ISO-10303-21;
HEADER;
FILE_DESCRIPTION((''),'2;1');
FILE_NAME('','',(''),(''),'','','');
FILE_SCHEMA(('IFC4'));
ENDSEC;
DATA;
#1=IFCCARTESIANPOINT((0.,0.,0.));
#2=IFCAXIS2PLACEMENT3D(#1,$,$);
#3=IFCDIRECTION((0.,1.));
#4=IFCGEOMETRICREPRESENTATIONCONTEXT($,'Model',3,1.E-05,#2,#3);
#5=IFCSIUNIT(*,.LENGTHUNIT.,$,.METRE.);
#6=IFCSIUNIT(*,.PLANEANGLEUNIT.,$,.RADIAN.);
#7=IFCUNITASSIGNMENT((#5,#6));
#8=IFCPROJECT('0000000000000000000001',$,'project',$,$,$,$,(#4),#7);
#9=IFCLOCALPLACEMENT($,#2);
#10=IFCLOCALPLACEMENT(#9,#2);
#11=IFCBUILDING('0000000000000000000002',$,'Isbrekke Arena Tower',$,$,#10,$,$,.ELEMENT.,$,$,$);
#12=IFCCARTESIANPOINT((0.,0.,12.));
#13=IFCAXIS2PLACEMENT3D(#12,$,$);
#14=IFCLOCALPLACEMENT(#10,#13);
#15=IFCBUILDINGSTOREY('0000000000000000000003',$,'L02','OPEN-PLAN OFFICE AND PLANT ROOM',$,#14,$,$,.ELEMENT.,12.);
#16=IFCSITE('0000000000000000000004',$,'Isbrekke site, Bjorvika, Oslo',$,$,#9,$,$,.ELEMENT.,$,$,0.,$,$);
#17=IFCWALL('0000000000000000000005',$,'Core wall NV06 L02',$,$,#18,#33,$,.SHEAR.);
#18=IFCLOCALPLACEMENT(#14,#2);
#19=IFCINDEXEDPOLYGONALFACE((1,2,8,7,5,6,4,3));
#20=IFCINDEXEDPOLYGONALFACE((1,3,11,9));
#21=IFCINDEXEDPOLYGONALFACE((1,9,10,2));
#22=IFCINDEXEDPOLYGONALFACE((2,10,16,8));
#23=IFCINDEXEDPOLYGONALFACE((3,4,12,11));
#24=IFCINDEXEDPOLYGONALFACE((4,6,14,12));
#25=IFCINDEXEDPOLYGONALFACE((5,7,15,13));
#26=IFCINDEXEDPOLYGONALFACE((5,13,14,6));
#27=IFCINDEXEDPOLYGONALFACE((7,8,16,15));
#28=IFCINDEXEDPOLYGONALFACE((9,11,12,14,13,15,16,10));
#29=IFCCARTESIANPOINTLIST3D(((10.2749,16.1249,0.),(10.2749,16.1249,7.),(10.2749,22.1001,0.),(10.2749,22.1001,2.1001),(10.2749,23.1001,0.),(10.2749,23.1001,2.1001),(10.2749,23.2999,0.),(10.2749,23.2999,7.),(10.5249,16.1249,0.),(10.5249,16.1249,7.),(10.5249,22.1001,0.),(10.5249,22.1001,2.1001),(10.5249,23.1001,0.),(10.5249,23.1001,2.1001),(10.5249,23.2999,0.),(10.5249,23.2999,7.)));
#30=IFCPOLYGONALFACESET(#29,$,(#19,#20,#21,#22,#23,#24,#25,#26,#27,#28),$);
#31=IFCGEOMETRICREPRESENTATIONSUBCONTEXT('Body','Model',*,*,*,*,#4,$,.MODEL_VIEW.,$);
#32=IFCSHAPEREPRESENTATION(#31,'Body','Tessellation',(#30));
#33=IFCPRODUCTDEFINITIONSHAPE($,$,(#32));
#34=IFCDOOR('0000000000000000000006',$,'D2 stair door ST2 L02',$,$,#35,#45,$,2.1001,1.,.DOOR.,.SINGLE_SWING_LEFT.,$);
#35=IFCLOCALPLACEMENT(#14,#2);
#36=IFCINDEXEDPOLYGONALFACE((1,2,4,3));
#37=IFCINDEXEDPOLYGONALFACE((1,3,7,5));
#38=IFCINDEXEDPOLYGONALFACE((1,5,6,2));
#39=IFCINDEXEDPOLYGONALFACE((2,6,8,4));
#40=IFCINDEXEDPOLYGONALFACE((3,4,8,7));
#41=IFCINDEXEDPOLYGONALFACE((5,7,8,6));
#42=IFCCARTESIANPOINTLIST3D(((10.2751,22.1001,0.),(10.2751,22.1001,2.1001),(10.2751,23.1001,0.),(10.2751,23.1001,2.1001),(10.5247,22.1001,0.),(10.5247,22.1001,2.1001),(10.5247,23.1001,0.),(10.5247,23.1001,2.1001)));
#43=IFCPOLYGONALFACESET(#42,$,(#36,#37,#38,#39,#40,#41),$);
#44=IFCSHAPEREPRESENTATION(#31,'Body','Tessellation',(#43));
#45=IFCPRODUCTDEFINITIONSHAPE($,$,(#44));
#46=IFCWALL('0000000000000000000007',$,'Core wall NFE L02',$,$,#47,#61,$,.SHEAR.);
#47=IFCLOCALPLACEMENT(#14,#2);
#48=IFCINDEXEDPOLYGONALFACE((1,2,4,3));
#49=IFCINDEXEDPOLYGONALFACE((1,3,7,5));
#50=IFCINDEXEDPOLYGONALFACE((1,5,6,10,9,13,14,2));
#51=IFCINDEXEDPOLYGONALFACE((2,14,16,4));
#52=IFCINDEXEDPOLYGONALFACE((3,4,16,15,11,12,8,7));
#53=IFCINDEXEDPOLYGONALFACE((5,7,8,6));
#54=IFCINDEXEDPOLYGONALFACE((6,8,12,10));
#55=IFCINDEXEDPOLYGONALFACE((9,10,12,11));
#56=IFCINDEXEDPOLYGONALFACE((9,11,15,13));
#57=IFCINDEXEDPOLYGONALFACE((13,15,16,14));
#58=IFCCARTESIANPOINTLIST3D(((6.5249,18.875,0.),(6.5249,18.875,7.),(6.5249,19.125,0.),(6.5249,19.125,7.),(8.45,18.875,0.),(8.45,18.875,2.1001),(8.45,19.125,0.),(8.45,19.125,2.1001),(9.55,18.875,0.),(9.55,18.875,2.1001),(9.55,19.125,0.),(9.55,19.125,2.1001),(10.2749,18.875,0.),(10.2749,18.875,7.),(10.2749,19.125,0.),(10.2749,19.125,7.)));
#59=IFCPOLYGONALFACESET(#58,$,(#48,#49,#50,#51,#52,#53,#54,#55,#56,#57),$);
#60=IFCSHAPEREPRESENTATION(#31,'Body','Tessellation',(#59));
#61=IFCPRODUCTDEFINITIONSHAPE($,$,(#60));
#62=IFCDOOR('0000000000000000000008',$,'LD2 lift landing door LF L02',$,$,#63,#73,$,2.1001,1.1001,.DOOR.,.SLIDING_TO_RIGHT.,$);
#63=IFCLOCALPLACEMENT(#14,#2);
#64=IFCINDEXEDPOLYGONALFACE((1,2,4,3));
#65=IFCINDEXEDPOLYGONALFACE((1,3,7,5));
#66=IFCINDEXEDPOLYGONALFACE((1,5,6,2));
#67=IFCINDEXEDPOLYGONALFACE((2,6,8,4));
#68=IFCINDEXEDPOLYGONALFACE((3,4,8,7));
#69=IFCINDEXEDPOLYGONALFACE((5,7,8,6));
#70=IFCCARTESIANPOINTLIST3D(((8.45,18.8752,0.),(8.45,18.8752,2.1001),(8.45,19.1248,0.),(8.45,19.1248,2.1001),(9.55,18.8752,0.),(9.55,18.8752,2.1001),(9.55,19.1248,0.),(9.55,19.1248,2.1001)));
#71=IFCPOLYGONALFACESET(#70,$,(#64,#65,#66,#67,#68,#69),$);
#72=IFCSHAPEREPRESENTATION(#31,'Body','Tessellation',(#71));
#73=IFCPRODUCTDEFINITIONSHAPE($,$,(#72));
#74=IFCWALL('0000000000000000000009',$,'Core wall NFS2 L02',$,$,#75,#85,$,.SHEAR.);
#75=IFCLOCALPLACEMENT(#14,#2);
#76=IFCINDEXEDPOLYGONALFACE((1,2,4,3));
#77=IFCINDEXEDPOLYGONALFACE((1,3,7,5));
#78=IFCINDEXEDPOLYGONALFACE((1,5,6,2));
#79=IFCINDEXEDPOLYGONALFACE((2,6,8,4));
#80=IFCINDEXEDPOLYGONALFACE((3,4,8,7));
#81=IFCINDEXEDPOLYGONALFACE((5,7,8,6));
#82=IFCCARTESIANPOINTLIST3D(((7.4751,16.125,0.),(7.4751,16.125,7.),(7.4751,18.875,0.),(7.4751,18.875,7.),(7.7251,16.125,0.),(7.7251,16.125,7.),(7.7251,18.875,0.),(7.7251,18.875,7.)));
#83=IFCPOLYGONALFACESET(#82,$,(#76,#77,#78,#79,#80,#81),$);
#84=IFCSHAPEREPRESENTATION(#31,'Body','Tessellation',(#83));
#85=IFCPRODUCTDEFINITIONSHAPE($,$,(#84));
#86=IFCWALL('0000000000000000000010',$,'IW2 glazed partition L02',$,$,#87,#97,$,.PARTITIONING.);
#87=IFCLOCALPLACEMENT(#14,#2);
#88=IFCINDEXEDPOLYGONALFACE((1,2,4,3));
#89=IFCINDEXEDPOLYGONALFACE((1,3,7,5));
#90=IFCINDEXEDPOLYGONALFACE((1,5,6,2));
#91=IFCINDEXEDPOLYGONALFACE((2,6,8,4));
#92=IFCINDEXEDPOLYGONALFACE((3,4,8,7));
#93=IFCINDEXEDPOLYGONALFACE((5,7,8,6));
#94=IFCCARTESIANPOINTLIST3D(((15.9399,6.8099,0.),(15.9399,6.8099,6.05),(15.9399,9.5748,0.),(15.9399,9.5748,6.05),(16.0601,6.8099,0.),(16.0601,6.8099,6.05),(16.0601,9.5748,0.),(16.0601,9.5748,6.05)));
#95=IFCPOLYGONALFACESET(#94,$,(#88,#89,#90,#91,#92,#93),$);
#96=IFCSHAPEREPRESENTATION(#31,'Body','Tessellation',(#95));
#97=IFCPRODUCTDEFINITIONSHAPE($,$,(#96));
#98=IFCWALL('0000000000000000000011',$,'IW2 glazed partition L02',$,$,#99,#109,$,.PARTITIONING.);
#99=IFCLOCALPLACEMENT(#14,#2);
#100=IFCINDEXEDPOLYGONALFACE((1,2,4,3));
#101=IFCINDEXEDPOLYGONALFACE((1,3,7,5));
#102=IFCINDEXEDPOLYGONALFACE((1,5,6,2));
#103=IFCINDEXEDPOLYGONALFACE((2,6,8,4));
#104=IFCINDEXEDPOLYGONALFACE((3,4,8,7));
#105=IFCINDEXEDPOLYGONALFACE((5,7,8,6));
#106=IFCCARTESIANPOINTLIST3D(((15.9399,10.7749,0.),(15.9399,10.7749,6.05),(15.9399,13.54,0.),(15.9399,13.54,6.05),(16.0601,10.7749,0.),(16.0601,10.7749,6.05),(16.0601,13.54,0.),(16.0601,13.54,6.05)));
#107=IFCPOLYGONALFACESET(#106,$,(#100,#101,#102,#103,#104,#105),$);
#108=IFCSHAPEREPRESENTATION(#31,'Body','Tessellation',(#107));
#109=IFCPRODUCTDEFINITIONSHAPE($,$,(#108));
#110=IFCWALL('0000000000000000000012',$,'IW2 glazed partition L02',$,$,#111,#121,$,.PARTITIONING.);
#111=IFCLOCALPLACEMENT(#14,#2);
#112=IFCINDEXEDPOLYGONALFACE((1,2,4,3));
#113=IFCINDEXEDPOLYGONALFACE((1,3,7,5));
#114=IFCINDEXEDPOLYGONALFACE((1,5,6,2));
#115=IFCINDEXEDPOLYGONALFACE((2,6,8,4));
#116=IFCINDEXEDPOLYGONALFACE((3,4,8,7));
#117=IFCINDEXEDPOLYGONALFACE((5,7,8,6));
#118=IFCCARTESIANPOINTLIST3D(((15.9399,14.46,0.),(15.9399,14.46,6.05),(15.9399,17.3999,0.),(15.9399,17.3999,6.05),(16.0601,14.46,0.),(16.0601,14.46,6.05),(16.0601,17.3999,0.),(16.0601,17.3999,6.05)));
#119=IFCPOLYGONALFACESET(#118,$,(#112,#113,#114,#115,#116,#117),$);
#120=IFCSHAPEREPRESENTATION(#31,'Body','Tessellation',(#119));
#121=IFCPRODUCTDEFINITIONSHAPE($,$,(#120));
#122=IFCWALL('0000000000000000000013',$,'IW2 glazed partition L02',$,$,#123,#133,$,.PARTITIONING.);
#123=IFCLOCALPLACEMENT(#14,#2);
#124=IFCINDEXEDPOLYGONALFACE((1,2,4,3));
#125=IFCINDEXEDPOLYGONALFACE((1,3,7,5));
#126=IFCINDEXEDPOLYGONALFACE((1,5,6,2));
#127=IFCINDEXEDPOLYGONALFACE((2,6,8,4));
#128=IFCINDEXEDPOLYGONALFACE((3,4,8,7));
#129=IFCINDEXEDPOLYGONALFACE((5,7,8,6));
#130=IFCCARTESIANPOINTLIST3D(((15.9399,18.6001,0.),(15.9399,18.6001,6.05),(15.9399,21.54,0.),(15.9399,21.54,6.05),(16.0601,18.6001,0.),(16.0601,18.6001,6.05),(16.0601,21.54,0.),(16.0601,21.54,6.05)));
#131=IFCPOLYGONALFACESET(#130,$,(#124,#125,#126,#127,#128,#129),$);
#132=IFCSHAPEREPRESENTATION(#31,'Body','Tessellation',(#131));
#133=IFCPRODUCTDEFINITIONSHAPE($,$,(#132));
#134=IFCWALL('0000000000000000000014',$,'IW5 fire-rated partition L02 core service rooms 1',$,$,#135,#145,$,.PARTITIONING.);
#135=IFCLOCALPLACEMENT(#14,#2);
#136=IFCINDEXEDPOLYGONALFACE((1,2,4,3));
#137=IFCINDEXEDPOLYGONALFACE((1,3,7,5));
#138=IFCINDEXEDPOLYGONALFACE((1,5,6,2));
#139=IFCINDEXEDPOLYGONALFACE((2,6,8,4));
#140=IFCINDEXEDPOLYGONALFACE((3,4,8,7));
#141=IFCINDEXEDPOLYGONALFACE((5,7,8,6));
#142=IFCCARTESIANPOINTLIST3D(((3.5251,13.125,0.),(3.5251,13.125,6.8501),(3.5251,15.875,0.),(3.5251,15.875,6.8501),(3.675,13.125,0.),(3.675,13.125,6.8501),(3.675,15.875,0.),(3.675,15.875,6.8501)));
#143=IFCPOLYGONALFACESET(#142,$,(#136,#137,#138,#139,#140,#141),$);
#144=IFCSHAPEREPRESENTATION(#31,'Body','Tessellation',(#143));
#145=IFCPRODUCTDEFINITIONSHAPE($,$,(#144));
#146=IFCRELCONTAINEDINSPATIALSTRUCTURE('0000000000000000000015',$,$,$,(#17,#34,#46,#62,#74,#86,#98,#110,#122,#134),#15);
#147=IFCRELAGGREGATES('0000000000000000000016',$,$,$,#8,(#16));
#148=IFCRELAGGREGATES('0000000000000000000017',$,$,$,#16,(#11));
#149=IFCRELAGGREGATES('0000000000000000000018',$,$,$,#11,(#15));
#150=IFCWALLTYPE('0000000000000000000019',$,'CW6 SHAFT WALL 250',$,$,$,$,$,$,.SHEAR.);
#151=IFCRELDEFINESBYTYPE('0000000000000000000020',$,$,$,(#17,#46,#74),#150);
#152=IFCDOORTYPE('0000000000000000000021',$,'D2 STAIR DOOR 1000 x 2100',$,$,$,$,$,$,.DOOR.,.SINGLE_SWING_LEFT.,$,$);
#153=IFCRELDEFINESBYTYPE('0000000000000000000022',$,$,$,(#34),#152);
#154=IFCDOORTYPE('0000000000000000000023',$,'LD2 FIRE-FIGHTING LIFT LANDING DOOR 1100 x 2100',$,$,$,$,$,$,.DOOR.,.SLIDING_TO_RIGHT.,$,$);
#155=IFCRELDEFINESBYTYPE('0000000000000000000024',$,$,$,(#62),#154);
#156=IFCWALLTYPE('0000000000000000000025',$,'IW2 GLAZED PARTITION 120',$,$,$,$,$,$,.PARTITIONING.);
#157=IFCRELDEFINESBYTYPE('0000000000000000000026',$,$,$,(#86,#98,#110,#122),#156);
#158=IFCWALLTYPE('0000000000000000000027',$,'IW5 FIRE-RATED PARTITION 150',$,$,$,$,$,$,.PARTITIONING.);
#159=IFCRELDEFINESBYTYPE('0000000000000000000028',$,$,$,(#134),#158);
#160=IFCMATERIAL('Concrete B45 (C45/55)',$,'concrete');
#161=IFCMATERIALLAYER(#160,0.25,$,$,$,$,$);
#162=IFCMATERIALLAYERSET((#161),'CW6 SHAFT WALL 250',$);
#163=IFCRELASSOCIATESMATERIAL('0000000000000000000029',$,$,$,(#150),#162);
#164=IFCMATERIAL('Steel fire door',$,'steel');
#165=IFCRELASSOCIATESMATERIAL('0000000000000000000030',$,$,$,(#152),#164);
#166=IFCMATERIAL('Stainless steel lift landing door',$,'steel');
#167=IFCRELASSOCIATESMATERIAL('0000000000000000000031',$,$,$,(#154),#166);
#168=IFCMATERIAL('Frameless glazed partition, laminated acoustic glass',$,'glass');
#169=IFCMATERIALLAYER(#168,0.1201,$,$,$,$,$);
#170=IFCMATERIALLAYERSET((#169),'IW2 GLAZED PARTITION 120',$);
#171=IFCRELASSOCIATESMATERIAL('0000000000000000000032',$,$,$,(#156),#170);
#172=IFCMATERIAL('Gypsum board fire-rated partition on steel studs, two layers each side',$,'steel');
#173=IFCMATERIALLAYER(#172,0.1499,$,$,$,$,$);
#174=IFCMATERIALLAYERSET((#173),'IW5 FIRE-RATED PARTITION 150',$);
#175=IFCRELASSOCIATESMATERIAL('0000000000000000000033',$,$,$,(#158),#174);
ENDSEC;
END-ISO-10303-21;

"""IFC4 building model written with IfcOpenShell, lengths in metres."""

from ifc_helpers import new_model, si_unit, direction, frame, frame_2d, origin, place, context, subcontext, project, spatial, rectangle, extrude, material, layer, layer_set, type_object, element, fill, save


model = new_model("IFC4")

# Units and contexts
model_context = context("Model", 3, precision=1e-05, world=origin(), true_north=direction((0.0, 1.0)))
body_context = subcontext(model_context, "Body", "Model", "MODEL_VIEW")
ifc_project = project(units=[si_unit("LENGTHUNIT", "METRE"), si_unit("PLANEANGLEUNIT", "RADIAN")], contexts=[model_context])

# Site, building, storey
site_placement = place(None, origin())
site = spatial("IfcSite", under=ifc_project, at=site_placement, Name="Isbrekke site, Bjorvika, Oslo", CompositionType="ELEMENT", RefElevation=0.0)
building_placement = place(site_placement, origin())
building = spatial("IfcBuilding", under=site, at=building_placement, Name="Isbrekke Arena Tower", CompositionType="ELEMENT")
storey_placement = place(building_placement, frame((0.0, 0.0, 12.0)))
storey = spatial("IfcBuildingStorey", under=building, at=storey_placement, Name="L02", Description="OPEN-PLAN OFFICE AND PLANT ROOM", CompositionType="ELEMENT", Elevation=12.0)

# Shared definitions
ifc_material_1 = material(Name="Concrete B45 (C45/55)", Category="concrete")
ifc_layer_1 = layer(ifc_material_1, 0.25)
ifc_layer_set_1 = layer_set([ifc_layer_1], Name="CW6 SHAFT WALL 250")
wall_type_1 = type_object("IfcWallType", Name="CW6 SHAFT WALL 250", PredefinedType="SHEAR", material=ifc_layer_set_1)

# Walls, openings, doors
wall_1_placement = place(storey_placement, frame((10.3999, 16.125, 0.0), z_axis=(0.0, 0.0, 1.0), x_axis=(0.0, 1.0, 0.0)))
wall_1 = element("IfcWall", 1, at=wall_1_placement, inside=storey, type_object=wall_type_1, Name="Core wall NV06 L02", PredefinedType="SHEAR", context=body_context, shape_type="SweptSolid", body=[
    extrude(rectangle(XDim=7.175, YDim=0.25, at=frame_2d((3.5874, 0.0))), origin(), (0.0, 0.0, 1.0), 7.0),
])
opening_1_placement = place(wall_1_placement, frame((5.9751, 0.0, 0.0)))
opening_1 = element("IfcOpeningElement", 2, at=opening_1_placement, cuts=wall_1, PredefinedType="OPENING", context=body_context, shape_type="SweptSolid", body=[
    extrude(rectangle(XDim=1.0, YDim=2.1001, at=frame_2d((0.5, 1.05))), frame((0.0, 0.1399, 0.0), z_axis=(0.0, -1.0, 0.0), x_axis=(1.0, 0.0, 0.0)), (0.0, 0.0, 1.0), 0.2798),
])
ifc_material_2 = material(Name="Steel fire door", Category="steel")
door_type_1 = type_object("IfcDoorType", Name="D2 STAIR DOOR 1000 x 2100", OperationType="SINGLE_SWING_LEFT", PredefinedType="DOOR", material=ifc_material_2)
door_1_placement = place(opening_1_placement, origin())
door_1 = element("IfcDoor", 3, at=door_1_placement, inside=storey, type_object=door_type_1, Name="D2 stair door ST2 L02", OperationType="SINGLE_SWING_LEFT", OverallHeight=2.1001, OverallWidth=1.0, PredefinedType="DOOR", context=body_context, shape_type="SweptSolid", body=[
    extrude(rectangle(XDim=1.0, YDim=2.1001, at=frame_2d((0.5, 1.05))), frame((0.0, 0.1248, 0.0), z_axis=(0.0, -1.0, 0.0), x_axis=(1.0, 0.0, 0.0)), (0.0, 0.0, 1.0), 0.2495),
])
fill(opening_1, door_1)
wall_2_placement = place(storey_placement, frame((6.5249, 19.0, 0.0), z_axis=(0.0, 0.0, 1.0), x_axis=(1.0, 0.0, 0.0)))
wall_2 = element("IfcWall", 4, at=wall_2_placement, inside=storey, type_object=wall_type_1, Name="Core wall NFE L02", PredefinedType="SHEAR", context=body_context, shape_type="SweptSolid", body=[
    extrude(rectangle(XDim=3.75, YDim=0.25, at=frame_2d((1.875, 0.0))), origin(), (0.0, 0.0, 1.0), 7.0),
])
opening_2_placement = place(wall_2_placement, frame((1.925, 0.0, 0.0)))
opening_2 = element("IfcOpeningElement", 5, at=opening_2_placement, cuts=wall_2, PredefinedType="OPENING", context=body_context, shape_type="SweptSolid", body=[
    extrude(rectangle(XDim=1.1001, YDim=2.1001, at=frame_2d((0.55, 1.05))), frame((0.0, 0.1399, 0.0), z_axis=(0.0, -1.0, 0.0), x_axis=(1.0, 0.0, 0.0)), (0.0, 0.0, 1.0), 0.2798),
])
ifc_material_3 = material(Name="Stainless steel lift landing door", Category="steel")
door_type_2 = type_object("IfcDoorType", Name="LD2 FIRE-FIGHTING LIFT LANDING DOOR 1100 x 2100", OperationType="SLIDING_TO_RIGHT", PredefinedType="DOOR", material=ifc_material_3)
door_2_placement = place(opening_2_placement, origin())
door_2 = element("IfcDoor", 6, at=door_2_placement, inside=storey, type_object=door_type_2, Name="LD2 lift landing door LF L02", OperationType="SLIDING_TO_RIGHT", OverallHeight=2.1001, OverallWidth=1.1001, PredefinedType="DOOR", context=body_context, shape_type="SweptSolid", body=[
    extrude(rectangle(XDim=1.1001, YDim=2.1001, at=frame_2d((0.55, 1.05))), frame((0.0, 0.1248, 0.0), z_axis=(0.0, -1.0, 0.0), x_axis=(1.0, 0.0, 0.0)), (0.0, 0.0, 1.0), 0.2495),
])
fill(opening_2, door_2)

# Walls
wall_3_placement = place(storey_placement, frame((7.6001, 16.125, 0.0), z_axis=(0.0, 0.0, 1.0), x_axis=(0.0, 1.0, 0.0)))
element("IfcWall", 7, at=wall_3_placement, inside=storey, type_object=wall_type_1, Name="Core wall NFS2 L02", PredefinedType="SHEAR", context=body_context, shape_type="SweptSolid", body=[
    extrude(rectangle(XDim=2.75, YDim=0.25, at=frame_2d((1.375, 0.0))), origin(), (0.0, 0.0, 1.0), 7.0),
])
ifc_material_4 = material(Name="Frameless glazed partition, laminated acoustic glass", Category="glass")
ifc_layer_2 = layer(ifc_material_4, 0.1201)
ifc_layer_set_2 = layer_set([ifc_layer_2], Name="IW2 GLAZED PARTITION 120")
wall_type_2 = type_object("IfcWallType", Name="IW2 GLAZED PARTITION 120", PredefinedType="PARTITIONING", material=ifc_layer_set_2)
wall_4_placement = place(storey_placement, frame((16.0, 6.8101, 0.0), z_axis=(0.0, 0.0, 1.0), x_axis=(0.0, 1.0, 0.0)))
element("IfcWall", 8, at=wall_4_placement, inside=storey, type_object=wall_type_2, Name="IW2 glazed partition L02", PredefinedType="PARTITIONING", context=body_context, shape_type="SweptSolid", body=[
    extrude(rectangle(XDim=2.7649, YDim=0.1201, at=frame_2d((1.3823, 0.0))), origin(), (0.0, 0.0, 1.0), 6.05),
])
wall_5_placement = place(storey_placement, frame((16.0, 10.7749, 0.0), z_axis=(0.0, 0.0, 1.0), x_axis=(0.0, 1.0, 0.0)))
element("IfcWall", 9, at=wall_5_placement, inside=storey, type_object=wall_type_2, Name="IW2 glazed partition L02", PredefinedType="PARTITIONING", context=body_context, shape_type="SweptSolid", body=[
    extrude(rectangle(XDim=2.7651, YDim=0.1201, at=frame_2d((1.3826, 0.0))), origin(), (0.0, 0.0, 1.0), 6.05),
])
for number, where, z_axis, x_axis, name in (
    (10, (16.0, 14.46, 0.0), (0.0, 0.0, 1.0), (0.0, 1.0, 0.0), "IW2 glazed partition L02"),
    (11, (16.0, 18.6001, 0.0), (0.0, 0.0, 1.0), (0.0, 1.0, 0.0), "IW2 glazed partition L02"),
):
    element("IfcWall", number, at=place(storey_placement, frame(where, z_axis=z_axis, x_axis=x_axis)), inside=storey, type_object=wall_type_2, Name=name, PredefinedType="PARTITIONING", context=body_context, shape_type="SweptSolid", body=[
        extrude(rectangle(XDim=2.9399, YDim=0.1201, at=frame_2d((1.47, 0.0))), origin(), (0.0, 0.0, 1.0), 6.05),
    ])
ifc_material_5 = material(Name="Gypsum board fire-rated partition on steel studs, two layers each side", Category="steel")
ifc_layer_3 = layer(ifc_material_5, 0.1499)
ifc_layer_set_3 = layer_set([ifc_layer_3], Name="IW5 FIRE-RATED PARTITION 150")
wall_type_3 = type_object("IfcWallType", Name="IW5 FIRE-RATED PARTITION 150", PredefinedType="PARTITIONING", material=ifc_layer_set_3)
wall_6_placement = place(storey_placement, frame((3.6001, 13.125, 0.0), z_axis=(0.0, 0.0, 1.0), x_axis=(0.0, 1.0, 0.0)))
element("IfcWall", 12, at=wall_6_placement, inside=storey, type_object=wall_type_3, Name="IW5 fire-rated partition L02 core service rooms 1", PredefinedType="PARTITIONING", context=body_context, shape_type="SweptSolid", body=[
    extrude(rectangle(XDim=2.75, YDim=0.1499, at=frame_2d((1.375, 0.0))), origin(), (0.0, 0.0, 1.0), 6.8501),
])

save(model, "model.ifc")
